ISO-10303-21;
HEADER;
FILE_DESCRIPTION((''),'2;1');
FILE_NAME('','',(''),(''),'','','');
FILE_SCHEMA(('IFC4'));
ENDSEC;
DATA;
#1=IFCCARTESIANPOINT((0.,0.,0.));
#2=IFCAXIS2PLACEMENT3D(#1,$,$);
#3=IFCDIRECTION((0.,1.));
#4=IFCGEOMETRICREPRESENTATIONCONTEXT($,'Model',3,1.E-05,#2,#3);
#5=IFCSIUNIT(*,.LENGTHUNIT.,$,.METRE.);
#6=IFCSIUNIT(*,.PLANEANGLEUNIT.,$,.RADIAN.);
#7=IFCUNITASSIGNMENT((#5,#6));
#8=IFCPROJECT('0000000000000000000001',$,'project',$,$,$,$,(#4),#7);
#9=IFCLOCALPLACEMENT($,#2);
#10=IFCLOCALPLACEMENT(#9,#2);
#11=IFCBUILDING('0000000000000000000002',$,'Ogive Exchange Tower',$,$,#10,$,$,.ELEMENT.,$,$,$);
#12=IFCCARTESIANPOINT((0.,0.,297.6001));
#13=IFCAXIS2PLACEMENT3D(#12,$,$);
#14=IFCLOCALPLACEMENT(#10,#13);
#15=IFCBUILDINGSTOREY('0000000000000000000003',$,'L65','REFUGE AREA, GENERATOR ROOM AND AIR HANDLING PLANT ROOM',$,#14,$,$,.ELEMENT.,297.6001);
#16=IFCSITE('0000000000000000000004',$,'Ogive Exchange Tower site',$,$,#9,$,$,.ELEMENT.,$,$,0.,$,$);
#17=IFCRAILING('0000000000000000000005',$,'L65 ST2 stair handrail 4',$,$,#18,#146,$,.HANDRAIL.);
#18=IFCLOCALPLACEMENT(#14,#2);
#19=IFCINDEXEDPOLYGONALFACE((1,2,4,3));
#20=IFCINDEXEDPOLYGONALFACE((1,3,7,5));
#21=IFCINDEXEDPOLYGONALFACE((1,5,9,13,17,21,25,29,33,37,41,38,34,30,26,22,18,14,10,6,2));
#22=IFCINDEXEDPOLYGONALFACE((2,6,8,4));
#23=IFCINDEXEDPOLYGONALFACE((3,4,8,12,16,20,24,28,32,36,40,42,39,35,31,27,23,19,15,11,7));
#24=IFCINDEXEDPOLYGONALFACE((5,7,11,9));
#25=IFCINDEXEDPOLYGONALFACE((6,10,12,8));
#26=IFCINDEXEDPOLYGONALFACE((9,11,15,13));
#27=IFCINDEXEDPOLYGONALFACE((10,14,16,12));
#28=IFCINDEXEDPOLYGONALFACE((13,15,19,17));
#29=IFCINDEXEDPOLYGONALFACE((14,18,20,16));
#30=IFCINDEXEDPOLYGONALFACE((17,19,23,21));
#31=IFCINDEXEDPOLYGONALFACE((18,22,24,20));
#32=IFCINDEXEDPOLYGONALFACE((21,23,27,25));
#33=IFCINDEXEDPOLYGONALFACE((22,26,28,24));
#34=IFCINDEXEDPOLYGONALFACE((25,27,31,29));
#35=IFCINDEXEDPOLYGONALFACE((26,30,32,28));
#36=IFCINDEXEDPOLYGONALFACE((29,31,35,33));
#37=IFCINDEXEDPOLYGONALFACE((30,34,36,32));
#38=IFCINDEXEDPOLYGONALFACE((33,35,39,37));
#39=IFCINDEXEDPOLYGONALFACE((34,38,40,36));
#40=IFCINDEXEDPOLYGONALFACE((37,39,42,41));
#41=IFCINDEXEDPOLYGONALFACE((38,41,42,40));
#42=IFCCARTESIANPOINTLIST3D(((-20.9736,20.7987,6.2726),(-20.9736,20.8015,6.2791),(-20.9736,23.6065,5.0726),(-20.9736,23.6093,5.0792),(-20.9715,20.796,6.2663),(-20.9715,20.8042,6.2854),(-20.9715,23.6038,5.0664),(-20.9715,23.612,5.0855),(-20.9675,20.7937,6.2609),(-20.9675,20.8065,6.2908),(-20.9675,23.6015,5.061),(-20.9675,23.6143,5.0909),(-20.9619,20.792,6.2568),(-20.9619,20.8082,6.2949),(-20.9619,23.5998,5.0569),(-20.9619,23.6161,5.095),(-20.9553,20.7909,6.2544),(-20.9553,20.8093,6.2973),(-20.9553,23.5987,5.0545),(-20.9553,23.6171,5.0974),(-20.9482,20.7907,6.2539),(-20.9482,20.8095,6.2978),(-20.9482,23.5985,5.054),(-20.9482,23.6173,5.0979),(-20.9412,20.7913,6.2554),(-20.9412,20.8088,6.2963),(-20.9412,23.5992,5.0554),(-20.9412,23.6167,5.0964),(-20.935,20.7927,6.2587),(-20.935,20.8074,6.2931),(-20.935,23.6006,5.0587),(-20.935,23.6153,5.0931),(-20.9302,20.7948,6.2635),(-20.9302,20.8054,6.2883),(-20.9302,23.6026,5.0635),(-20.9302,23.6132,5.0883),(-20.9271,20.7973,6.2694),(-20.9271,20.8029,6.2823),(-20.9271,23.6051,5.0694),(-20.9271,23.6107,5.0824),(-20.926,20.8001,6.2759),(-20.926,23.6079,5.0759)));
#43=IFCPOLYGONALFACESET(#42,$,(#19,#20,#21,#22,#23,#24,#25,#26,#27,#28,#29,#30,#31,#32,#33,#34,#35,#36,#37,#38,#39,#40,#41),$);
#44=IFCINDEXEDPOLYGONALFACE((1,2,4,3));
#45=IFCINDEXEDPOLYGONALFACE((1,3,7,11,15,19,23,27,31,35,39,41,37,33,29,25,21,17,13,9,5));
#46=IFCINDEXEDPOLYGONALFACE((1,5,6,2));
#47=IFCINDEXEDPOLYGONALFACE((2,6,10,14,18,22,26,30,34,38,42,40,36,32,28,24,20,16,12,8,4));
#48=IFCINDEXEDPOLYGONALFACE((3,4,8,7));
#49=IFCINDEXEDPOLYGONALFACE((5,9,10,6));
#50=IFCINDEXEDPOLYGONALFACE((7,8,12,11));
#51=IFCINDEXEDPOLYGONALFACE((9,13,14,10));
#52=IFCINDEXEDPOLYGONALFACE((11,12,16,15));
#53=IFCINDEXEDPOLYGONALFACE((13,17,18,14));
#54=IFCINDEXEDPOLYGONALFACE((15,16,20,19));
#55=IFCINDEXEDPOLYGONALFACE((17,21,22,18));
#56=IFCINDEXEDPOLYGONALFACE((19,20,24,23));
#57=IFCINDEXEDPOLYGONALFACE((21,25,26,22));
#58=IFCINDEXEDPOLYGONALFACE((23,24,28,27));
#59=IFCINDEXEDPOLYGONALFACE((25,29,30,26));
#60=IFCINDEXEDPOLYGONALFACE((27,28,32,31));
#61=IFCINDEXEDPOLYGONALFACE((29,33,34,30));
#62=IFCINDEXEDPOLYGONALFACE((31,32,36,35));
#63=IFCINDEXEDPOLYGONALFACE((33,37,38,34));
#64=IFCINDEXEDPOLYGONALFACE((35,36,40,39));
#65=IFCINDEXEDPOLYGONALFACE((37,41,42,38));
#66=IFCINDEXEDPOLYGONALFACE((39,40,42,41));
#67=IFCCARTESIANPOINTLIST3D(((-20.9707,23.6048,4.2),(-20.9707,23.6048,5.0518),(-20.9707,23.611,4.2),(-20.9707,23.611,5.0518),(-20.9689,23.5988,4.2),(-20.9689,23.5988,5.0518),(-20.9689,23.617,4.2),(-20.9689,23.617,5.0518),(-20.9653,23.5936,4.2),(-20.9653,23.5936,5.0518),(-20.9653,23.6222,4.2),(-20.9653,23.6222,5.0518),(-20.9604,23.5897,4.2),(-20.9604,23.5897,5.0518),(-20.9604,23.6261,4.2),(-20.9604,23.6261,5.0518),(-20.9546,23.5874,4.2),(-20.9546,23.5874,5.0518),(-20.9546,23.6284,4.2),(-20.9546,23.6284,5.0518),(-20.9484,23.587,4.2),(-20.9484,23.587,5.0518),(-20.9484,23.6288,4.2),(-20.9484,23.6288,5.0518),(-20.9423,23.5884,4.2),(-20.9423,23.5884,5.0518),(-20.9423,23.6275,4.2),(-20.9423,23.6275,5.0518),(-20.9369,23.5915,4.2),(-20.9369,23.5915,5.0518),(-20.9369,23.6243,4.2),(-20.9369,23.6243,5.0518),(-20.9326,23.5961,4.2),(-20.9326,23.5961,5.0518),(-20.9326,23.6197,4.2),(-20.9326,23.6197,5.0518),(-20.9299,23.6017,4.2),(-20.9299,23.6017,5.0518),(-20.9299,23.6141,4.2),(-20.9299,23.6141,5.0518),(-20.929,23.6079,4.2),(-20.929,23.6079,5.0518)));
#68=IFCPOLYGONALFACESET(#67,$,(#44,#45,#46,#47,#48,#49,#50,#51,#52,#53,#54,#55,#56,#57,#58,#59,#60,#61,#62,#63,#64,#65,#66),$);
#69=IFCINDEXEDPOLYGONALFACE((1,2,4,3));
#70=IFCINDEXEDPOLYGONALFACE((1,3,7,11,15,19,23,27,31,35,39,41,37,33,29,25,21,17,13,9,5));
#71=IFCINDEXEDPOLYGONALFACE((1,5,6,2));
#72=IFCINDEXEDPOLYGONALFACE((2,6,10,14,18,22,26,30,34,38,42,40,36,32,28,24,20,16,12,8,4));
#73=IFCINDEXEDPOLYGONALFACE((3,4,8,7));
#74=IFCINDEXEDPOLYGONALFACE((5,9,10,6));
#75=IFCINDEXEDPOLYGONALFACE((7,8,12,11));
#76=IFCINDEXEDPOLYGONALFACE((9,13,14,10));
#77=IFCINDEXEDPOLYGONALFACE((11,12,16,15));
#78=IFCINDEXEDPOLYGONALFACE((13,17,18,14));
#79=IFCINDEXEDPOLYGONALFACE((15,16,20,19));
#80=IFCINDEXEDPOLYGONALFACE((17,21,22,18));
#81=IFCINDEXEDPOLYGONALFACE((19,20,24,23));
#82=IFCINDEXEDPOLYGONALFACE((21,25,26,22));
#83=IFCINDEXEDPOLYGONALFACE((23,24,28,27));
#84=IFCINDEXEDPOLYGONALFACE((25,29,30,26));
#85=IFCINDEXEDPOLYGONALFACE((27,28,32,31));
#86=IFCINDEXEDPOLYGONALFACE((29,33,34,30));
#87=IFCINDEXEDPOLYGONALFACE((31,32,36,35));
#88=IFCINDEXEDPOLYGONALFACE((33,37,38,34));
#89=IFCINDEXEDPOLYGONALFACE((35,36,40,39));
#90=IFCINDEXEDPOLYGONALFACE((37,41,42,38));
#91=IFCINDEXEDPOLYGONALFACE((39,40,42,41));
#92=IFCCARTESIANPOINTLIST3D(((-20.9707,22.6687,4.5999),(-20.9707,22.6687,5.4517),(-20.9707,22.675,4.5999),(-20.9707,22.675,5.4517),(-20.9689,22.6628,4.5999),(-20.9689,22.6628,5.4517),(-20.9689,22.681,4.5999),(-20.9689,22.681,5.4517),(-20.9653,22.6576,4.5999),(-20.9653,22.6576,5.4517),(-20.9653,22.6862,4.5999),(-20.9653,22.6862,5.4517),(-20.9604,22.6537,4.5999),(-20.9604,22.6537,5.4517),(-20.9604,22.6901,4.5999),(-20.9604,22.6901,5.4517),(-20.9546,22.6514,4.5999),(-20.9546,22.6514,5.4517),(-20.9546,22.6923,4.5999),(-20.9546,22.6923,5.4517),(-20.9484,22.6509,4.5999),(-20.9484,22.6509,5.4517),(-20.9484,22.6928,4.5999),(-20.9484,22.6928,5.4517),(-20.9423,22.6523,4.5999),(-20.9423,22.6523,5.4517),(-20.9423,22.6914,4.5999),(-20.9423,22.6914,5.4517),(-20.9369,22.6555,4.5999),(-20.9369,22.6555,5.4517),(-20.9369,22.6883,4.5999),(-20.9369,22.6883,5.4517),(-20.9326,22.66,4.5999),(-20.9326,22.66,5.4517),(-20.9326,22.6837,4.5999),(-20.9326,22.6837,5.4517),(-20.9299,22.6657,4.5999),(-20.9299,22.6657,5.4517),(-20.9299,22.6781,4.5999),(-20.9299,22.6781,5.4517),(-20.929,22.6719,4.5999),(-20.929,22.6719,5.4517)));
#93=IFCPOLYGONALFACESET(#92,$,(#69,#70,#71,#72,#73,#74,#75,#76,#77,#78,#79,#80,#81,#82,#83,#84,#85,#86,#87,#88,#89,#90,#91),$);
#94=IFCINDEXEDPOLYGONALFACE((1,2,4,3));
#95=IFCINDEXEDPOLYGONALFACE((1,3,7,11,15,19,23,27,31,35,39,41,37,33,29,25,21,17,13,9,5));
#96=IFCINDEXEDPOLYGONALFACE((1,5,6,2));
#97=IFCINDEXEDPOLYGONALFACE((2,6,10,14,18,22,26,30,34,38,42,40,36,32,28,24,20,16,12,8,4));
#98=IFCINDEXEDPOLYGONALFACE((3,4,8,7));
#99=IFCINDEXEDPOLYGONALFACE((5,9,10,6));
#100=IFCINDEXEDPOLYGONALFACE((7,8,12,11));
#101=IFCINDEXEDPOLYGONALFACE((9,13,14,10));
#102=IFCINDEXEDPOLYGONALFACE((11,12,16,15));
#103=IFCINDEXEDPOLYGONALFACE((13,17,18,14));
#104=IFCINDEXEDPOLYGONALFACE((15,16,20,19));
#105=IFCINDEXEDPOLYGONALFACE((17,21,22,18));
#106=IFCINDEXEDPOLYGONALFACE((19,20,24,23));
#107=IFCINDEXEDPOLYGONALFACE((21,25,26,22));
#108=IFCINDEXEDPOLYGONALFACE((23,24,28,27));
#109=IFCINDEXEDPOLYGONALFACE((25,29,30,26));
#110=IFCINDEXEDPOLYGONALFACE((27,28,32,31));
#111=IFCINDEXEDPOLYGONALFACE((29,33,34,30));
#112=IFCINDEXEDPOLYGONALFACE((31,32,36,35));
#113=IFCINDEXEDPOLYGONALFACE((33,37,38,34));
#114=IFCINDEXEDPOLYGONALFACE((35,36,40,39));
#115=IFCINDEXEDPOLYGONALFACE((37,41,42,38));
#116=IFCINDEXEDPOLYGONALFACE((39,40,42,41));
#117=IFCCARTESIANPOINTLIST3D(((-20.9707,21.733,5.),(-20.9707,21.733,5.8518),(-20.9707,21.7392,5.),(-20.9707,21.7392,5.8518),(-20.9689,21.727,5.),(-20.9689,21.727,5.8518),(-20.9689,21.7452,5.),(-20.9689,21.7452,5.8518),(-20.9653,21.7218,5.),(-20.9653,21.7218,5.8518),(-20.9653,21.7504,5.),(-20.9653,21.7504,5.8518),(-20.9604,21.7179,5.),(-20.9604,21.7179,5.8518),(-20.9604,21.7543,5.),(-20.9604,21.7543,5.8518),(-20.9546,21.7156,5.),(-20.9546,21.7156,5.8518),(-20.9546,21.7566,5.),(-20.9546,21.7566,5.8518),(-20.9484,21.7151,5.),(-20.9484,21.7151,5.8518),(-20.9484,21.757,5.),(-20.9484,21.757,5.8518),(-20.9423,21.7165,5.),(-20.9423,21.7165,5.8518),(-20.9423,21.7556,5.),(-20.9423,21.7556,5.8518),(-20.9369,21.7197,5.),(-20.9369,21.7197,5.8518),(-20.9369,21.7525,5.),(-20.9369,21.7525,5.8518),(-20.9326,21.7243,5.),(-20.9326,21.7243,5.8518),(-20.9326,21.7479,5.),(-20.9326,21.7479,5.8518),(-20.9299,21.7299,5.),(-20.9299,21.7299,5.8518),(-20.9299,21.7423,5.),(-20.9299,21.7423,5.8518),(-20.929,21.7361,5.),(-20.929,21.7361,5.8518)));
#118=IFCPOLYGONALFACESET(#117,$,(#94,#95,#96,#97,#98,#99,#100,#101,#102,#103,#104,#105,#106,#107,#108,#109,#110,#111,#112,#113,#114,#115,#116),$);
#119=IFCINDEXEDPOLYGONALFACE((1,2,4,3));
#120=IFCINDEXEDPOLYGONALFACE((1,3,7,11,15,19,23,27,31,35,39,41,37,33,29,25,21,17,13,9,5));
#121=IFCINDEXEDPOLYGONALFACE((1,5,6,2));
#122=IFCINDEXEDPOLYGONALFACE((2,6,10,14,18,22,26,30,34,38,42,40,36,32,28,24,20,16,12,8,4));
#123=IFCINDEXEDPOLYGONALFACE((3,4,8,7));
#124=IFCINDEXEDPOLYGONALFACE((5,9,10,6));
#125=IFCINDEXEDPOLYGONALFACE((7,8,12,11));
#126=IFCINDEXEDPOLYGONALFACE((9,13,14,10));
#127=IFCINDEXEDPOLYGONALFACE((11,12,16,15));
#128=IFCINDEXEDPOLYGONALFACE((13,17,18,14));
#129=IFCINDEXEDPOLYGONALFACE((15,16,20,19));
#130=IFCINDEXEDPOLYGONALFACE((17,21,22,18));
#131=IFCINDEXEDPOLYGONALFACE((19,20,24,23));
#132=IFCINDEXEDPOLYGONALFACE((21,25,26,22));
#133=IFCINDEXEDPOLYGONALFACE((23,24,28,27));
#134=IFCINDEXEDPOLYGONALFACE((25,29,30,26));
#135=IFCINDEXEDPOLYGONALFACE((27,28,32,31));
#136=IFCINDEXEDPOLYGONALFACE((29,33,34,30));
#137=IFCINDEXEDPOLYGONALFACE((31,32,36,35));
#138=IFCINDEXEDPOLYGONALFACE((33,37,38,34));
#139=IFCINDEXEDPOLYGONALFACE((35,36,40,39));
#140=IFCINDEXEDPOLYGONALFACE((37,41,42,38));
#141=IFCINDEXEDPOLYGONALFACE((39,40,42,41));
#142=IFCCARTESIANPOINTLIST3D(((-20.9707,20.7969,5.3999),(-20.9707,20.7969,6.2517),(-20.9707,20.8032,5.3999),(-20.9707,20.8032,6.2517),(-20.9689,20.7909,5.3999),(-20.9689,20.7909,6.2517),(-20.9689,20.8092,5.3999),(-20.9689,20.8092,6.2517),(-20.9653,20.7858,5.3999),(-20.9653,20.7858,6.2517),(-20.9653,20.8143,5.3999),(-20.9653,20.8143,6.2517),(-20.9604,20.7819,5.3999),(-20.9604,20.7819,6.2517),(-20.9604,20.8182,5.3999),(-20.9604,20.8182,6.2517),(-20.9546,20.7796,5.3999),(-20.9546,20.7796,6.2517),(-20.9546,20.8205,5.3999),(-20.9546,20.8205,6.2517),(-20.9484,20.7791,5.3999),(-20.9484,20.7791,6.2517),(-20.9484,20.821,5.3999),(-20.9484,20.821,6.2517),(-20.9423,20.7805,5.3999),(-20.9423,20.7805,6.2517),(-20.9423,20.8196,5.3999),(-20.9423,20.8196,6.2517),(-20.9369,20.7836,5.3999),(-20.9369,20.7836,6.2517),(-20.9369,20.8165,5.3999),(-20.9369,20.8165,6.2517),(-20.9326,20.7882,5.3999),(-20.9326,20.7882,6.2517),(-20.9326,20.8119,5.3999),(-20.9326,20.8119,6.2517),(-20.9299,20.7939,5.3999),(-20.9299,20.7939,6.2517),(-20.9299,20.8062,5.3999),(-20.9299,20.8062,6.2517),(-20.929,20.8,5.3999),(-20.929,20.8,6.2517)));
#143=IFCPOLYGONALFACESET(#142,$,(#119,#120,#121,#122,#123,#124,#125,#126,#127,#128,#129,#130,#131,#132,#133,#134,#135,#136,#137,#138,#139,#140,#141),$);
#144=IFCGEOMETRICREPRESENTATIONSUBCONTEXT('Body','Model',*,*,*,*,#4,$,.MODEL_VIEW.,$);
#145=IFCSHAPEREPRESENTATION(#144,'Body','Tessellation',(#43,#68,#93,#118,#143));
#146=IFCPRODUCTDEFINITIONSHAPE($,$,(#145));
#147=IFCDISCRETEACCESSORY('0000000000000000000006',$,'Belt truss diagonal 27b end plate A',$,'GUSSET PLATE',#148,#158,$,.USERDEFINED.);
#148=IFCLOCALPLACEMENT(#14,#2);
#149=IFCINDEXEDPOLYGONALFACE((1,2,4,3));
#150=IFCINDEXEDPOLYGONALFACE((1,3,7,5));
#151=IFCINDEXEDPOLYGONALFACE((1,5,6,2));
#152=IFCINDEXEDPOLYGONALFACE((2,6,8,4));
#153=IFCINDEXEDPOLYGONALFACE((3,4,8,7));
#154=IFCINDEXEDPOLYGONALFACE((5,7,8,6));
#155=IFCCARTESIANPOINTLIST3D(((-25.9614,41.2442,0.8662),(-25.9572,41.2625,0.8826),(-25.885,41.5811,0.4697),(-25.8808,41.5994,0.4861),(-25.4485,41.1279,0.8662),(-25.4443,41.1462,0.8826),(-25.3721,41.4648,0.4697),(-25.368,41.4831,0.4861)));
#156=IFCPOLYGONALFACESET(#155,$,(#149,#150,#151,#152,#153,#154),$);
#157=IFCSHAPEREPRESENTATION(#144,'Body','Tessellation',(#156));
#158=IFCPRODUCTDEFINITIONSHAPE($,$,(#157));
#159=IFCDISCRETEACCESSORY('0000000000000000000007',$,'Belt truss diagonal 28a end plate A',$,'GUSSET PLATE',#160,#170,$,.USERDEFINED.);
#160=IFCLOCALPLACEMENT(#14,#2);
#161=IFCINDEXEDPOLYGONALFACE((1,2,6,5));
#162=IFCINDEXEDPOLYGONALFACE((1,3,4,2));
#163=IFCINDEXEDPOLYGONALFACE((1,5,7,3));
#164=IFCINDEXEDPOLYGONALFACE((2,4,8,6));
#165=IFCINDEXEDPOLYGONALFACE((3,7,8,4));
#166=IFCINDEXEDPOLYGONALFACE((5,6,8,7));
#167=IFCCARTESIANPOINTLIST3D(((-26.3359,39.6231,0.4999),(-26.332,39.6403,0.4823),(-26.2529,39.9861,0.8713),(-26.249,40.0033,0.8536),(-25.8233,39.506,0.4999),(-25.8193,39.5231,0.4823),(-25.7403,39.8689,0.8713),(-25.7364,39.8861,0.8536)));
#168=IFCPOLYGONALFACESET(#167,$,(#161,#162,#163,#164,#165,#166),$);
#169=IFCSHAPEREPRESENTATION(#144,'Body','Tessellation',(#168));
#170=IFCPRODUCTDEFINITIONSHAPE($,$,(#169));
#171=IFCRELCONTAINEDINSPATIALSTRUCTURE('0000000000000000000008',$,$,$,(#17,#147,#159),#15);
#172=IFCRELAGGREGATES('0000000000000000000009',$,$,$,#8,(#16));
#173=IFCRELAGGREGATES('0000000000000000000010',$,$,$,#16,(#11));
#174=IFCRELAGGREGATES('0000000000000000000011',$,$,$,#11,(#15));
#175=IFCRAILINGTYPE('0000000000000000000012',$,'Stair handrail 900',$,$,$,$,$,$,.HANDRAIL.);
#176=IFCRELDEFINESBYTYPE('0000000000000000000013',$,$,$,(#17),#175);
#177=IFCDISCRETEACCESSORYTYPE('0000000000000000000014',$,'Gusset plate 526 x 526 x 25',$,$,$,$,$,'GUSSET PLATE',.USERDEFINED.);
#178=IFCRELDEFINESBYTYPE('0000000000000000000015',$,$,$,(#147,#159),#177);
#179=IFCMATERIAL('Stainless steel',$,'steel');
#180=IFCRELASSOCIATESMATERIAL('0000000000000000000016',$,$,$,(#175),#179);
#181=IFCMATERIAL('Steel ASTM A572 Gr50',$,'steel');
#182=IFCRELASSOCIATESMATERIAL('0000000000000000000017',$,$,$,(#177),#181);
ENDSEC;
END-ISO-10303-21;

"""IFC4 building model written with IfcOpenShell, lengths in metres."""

from ifc_helpers import new_model, si_unit, direction, frame, origin, origin_2d, place, context, subcontext, project, spatial, rectangle, circle, extrude, material, material_profile, profile_set, type_object, element, save


model = new_model("IFC4")

# Units and contexts
model_context = context("Model", 3, precision=1e-05, world=origin(), true_north=direction((0.0, 1.0)))
body_context = subcontext(model_context, "Body", "Model", "MODEL_VIEW")
ifc_project = project(units=[si_unit("LENGTHUNIT", "METRE"), si_unit("PLANEANGLEUNIT", "RADIAN")], contexts=[model_context])

# Site, building, storey
site_placement = place(None, origin())
site = spatial("IfcSite", under=ifc_project, at=site_placement, Name="Ogive Exchange Tower site", CompositionType="ELEMENT", RefElevation=0.0)
building_placement = place(site_placement, origin())
building = spatial("IfcBuilding", under=site, at=building_placement, Name="Ogive Exchange Tower", CompositionType="ELEMENT")
storey_placement = place(building_placement, frame((0.0, 0.0, 297.6001)))
storey = spatial("IfcBuildingStorey", under=building, at=storey_placement, Name="L65", Description="REFUGE AREA, GENERATOR ROOM AND AIR HANDLING PLANT ROOM", CompositionType="ELEMENT", Elevation=297.6001)

# Railing
ifc_material_1 = material(Name="Stainless steel", Category="steel")
railing_type = type_object("IfcRailingType", Name="Stair handrail 900", PredefinedType="HANDRAIL", material=ifc_material_1)
for number, where, name in (
    (1, (-20.95, 23.6079, 4.2), "L65 ST2 stair handrail 4"),
):
    element("IfcRailing", number, at=place(storey_placement, frame(where)), inside=storey, type_object=railing_type, Name=name, PredefinedType="HANDRAIL", context=body_context, shape_type="SweptSolid", body=[
        extrude(circle(Radius=0.0239, at=origin_2d()), frame((0.0, 0.0, 0.876), z_axis=(0.0, -0.91955, 0.392973), x_axis=(1.0, 0.0, 0.0)), (0.0, 0.0, 1.0), 3.0535),
        extrude(circle(Radius=0.021, at=origin_2d()), origin(), (0.0, 0.0, 1.0), 0.8518),
        extrude(circle(Radius=0.021, at=origin_2d()), frame((0.0, -0.936, 0.3999)), (0.0, 0.0, 1.0), 0.8518),
        extrude(circle(Radius=0.021, at=origin_2d()), frame((0.0, -1.8718, 0.8)), (0.0, 0.0, 1.0), 0.8518),
        extrude(circle(Radius=0.021, at=origin_2d()), frame((0.0, -2.8079, 1.2)), (0.0, 0.0, 1.0), 0.8518),
    ])

# Discrete accessories
ifc_material_2 = material(Name="Steel ASTM A572 Gr50", Category="steel")
ifc_material_profile_1 = material_profile(ifc_material_2, rectangle(XDim=0.5259, YDim=0.5259, at=origin_2d()), Name="PL 526 x 526 x 25")
ifc_profile_set_1 = profile_set([ifc_material_profile_1], Name="Steel ASTM A572 Gr50")
discrete_accessory_type = type_object("IfcDiscreteAccessoryType", Name="Gusset plate 526 x 526 x 25", ElementType="GUSSET PLATE", PredefinedType="USERDEFINED", material=ifc_profile_set_1)
for number, where, z_axis, x_axis, name in (
    (2, (-25.6667, 41.3545, 0.668), (0.166675, 0.735329, 0.656894), (-0.97526, 0.221059, 0.0), "Belt truss diagonal 27b end plate A"),
    (3, (-26.0342, 39.7632, 0.668), (-0.157347, -0.688395, 0.708064), (0.974859, -0.222825, 0.0), "Belt truss diagonal 28a end plate A"),
):
    element("IfcDiscreteAccessory", number, at=place(storey_placement, frame(where, z_axis=z_axis, x_axis=x_axis)), inside=storey, type_object=discrete_accessory_type, Name=name, ObjectType="GUSSET PLATE", PredefinedType="USERDEFINED", context=body_context, shape_type="SweptSolid", body=[
        extrude(rectangle(XDim=0.5259, YDim=0.5259, at=origin_2d()), origin(), (0.0, 0.0, 1.0), 0.0249),
    ])

save(model, "model.ifc")
